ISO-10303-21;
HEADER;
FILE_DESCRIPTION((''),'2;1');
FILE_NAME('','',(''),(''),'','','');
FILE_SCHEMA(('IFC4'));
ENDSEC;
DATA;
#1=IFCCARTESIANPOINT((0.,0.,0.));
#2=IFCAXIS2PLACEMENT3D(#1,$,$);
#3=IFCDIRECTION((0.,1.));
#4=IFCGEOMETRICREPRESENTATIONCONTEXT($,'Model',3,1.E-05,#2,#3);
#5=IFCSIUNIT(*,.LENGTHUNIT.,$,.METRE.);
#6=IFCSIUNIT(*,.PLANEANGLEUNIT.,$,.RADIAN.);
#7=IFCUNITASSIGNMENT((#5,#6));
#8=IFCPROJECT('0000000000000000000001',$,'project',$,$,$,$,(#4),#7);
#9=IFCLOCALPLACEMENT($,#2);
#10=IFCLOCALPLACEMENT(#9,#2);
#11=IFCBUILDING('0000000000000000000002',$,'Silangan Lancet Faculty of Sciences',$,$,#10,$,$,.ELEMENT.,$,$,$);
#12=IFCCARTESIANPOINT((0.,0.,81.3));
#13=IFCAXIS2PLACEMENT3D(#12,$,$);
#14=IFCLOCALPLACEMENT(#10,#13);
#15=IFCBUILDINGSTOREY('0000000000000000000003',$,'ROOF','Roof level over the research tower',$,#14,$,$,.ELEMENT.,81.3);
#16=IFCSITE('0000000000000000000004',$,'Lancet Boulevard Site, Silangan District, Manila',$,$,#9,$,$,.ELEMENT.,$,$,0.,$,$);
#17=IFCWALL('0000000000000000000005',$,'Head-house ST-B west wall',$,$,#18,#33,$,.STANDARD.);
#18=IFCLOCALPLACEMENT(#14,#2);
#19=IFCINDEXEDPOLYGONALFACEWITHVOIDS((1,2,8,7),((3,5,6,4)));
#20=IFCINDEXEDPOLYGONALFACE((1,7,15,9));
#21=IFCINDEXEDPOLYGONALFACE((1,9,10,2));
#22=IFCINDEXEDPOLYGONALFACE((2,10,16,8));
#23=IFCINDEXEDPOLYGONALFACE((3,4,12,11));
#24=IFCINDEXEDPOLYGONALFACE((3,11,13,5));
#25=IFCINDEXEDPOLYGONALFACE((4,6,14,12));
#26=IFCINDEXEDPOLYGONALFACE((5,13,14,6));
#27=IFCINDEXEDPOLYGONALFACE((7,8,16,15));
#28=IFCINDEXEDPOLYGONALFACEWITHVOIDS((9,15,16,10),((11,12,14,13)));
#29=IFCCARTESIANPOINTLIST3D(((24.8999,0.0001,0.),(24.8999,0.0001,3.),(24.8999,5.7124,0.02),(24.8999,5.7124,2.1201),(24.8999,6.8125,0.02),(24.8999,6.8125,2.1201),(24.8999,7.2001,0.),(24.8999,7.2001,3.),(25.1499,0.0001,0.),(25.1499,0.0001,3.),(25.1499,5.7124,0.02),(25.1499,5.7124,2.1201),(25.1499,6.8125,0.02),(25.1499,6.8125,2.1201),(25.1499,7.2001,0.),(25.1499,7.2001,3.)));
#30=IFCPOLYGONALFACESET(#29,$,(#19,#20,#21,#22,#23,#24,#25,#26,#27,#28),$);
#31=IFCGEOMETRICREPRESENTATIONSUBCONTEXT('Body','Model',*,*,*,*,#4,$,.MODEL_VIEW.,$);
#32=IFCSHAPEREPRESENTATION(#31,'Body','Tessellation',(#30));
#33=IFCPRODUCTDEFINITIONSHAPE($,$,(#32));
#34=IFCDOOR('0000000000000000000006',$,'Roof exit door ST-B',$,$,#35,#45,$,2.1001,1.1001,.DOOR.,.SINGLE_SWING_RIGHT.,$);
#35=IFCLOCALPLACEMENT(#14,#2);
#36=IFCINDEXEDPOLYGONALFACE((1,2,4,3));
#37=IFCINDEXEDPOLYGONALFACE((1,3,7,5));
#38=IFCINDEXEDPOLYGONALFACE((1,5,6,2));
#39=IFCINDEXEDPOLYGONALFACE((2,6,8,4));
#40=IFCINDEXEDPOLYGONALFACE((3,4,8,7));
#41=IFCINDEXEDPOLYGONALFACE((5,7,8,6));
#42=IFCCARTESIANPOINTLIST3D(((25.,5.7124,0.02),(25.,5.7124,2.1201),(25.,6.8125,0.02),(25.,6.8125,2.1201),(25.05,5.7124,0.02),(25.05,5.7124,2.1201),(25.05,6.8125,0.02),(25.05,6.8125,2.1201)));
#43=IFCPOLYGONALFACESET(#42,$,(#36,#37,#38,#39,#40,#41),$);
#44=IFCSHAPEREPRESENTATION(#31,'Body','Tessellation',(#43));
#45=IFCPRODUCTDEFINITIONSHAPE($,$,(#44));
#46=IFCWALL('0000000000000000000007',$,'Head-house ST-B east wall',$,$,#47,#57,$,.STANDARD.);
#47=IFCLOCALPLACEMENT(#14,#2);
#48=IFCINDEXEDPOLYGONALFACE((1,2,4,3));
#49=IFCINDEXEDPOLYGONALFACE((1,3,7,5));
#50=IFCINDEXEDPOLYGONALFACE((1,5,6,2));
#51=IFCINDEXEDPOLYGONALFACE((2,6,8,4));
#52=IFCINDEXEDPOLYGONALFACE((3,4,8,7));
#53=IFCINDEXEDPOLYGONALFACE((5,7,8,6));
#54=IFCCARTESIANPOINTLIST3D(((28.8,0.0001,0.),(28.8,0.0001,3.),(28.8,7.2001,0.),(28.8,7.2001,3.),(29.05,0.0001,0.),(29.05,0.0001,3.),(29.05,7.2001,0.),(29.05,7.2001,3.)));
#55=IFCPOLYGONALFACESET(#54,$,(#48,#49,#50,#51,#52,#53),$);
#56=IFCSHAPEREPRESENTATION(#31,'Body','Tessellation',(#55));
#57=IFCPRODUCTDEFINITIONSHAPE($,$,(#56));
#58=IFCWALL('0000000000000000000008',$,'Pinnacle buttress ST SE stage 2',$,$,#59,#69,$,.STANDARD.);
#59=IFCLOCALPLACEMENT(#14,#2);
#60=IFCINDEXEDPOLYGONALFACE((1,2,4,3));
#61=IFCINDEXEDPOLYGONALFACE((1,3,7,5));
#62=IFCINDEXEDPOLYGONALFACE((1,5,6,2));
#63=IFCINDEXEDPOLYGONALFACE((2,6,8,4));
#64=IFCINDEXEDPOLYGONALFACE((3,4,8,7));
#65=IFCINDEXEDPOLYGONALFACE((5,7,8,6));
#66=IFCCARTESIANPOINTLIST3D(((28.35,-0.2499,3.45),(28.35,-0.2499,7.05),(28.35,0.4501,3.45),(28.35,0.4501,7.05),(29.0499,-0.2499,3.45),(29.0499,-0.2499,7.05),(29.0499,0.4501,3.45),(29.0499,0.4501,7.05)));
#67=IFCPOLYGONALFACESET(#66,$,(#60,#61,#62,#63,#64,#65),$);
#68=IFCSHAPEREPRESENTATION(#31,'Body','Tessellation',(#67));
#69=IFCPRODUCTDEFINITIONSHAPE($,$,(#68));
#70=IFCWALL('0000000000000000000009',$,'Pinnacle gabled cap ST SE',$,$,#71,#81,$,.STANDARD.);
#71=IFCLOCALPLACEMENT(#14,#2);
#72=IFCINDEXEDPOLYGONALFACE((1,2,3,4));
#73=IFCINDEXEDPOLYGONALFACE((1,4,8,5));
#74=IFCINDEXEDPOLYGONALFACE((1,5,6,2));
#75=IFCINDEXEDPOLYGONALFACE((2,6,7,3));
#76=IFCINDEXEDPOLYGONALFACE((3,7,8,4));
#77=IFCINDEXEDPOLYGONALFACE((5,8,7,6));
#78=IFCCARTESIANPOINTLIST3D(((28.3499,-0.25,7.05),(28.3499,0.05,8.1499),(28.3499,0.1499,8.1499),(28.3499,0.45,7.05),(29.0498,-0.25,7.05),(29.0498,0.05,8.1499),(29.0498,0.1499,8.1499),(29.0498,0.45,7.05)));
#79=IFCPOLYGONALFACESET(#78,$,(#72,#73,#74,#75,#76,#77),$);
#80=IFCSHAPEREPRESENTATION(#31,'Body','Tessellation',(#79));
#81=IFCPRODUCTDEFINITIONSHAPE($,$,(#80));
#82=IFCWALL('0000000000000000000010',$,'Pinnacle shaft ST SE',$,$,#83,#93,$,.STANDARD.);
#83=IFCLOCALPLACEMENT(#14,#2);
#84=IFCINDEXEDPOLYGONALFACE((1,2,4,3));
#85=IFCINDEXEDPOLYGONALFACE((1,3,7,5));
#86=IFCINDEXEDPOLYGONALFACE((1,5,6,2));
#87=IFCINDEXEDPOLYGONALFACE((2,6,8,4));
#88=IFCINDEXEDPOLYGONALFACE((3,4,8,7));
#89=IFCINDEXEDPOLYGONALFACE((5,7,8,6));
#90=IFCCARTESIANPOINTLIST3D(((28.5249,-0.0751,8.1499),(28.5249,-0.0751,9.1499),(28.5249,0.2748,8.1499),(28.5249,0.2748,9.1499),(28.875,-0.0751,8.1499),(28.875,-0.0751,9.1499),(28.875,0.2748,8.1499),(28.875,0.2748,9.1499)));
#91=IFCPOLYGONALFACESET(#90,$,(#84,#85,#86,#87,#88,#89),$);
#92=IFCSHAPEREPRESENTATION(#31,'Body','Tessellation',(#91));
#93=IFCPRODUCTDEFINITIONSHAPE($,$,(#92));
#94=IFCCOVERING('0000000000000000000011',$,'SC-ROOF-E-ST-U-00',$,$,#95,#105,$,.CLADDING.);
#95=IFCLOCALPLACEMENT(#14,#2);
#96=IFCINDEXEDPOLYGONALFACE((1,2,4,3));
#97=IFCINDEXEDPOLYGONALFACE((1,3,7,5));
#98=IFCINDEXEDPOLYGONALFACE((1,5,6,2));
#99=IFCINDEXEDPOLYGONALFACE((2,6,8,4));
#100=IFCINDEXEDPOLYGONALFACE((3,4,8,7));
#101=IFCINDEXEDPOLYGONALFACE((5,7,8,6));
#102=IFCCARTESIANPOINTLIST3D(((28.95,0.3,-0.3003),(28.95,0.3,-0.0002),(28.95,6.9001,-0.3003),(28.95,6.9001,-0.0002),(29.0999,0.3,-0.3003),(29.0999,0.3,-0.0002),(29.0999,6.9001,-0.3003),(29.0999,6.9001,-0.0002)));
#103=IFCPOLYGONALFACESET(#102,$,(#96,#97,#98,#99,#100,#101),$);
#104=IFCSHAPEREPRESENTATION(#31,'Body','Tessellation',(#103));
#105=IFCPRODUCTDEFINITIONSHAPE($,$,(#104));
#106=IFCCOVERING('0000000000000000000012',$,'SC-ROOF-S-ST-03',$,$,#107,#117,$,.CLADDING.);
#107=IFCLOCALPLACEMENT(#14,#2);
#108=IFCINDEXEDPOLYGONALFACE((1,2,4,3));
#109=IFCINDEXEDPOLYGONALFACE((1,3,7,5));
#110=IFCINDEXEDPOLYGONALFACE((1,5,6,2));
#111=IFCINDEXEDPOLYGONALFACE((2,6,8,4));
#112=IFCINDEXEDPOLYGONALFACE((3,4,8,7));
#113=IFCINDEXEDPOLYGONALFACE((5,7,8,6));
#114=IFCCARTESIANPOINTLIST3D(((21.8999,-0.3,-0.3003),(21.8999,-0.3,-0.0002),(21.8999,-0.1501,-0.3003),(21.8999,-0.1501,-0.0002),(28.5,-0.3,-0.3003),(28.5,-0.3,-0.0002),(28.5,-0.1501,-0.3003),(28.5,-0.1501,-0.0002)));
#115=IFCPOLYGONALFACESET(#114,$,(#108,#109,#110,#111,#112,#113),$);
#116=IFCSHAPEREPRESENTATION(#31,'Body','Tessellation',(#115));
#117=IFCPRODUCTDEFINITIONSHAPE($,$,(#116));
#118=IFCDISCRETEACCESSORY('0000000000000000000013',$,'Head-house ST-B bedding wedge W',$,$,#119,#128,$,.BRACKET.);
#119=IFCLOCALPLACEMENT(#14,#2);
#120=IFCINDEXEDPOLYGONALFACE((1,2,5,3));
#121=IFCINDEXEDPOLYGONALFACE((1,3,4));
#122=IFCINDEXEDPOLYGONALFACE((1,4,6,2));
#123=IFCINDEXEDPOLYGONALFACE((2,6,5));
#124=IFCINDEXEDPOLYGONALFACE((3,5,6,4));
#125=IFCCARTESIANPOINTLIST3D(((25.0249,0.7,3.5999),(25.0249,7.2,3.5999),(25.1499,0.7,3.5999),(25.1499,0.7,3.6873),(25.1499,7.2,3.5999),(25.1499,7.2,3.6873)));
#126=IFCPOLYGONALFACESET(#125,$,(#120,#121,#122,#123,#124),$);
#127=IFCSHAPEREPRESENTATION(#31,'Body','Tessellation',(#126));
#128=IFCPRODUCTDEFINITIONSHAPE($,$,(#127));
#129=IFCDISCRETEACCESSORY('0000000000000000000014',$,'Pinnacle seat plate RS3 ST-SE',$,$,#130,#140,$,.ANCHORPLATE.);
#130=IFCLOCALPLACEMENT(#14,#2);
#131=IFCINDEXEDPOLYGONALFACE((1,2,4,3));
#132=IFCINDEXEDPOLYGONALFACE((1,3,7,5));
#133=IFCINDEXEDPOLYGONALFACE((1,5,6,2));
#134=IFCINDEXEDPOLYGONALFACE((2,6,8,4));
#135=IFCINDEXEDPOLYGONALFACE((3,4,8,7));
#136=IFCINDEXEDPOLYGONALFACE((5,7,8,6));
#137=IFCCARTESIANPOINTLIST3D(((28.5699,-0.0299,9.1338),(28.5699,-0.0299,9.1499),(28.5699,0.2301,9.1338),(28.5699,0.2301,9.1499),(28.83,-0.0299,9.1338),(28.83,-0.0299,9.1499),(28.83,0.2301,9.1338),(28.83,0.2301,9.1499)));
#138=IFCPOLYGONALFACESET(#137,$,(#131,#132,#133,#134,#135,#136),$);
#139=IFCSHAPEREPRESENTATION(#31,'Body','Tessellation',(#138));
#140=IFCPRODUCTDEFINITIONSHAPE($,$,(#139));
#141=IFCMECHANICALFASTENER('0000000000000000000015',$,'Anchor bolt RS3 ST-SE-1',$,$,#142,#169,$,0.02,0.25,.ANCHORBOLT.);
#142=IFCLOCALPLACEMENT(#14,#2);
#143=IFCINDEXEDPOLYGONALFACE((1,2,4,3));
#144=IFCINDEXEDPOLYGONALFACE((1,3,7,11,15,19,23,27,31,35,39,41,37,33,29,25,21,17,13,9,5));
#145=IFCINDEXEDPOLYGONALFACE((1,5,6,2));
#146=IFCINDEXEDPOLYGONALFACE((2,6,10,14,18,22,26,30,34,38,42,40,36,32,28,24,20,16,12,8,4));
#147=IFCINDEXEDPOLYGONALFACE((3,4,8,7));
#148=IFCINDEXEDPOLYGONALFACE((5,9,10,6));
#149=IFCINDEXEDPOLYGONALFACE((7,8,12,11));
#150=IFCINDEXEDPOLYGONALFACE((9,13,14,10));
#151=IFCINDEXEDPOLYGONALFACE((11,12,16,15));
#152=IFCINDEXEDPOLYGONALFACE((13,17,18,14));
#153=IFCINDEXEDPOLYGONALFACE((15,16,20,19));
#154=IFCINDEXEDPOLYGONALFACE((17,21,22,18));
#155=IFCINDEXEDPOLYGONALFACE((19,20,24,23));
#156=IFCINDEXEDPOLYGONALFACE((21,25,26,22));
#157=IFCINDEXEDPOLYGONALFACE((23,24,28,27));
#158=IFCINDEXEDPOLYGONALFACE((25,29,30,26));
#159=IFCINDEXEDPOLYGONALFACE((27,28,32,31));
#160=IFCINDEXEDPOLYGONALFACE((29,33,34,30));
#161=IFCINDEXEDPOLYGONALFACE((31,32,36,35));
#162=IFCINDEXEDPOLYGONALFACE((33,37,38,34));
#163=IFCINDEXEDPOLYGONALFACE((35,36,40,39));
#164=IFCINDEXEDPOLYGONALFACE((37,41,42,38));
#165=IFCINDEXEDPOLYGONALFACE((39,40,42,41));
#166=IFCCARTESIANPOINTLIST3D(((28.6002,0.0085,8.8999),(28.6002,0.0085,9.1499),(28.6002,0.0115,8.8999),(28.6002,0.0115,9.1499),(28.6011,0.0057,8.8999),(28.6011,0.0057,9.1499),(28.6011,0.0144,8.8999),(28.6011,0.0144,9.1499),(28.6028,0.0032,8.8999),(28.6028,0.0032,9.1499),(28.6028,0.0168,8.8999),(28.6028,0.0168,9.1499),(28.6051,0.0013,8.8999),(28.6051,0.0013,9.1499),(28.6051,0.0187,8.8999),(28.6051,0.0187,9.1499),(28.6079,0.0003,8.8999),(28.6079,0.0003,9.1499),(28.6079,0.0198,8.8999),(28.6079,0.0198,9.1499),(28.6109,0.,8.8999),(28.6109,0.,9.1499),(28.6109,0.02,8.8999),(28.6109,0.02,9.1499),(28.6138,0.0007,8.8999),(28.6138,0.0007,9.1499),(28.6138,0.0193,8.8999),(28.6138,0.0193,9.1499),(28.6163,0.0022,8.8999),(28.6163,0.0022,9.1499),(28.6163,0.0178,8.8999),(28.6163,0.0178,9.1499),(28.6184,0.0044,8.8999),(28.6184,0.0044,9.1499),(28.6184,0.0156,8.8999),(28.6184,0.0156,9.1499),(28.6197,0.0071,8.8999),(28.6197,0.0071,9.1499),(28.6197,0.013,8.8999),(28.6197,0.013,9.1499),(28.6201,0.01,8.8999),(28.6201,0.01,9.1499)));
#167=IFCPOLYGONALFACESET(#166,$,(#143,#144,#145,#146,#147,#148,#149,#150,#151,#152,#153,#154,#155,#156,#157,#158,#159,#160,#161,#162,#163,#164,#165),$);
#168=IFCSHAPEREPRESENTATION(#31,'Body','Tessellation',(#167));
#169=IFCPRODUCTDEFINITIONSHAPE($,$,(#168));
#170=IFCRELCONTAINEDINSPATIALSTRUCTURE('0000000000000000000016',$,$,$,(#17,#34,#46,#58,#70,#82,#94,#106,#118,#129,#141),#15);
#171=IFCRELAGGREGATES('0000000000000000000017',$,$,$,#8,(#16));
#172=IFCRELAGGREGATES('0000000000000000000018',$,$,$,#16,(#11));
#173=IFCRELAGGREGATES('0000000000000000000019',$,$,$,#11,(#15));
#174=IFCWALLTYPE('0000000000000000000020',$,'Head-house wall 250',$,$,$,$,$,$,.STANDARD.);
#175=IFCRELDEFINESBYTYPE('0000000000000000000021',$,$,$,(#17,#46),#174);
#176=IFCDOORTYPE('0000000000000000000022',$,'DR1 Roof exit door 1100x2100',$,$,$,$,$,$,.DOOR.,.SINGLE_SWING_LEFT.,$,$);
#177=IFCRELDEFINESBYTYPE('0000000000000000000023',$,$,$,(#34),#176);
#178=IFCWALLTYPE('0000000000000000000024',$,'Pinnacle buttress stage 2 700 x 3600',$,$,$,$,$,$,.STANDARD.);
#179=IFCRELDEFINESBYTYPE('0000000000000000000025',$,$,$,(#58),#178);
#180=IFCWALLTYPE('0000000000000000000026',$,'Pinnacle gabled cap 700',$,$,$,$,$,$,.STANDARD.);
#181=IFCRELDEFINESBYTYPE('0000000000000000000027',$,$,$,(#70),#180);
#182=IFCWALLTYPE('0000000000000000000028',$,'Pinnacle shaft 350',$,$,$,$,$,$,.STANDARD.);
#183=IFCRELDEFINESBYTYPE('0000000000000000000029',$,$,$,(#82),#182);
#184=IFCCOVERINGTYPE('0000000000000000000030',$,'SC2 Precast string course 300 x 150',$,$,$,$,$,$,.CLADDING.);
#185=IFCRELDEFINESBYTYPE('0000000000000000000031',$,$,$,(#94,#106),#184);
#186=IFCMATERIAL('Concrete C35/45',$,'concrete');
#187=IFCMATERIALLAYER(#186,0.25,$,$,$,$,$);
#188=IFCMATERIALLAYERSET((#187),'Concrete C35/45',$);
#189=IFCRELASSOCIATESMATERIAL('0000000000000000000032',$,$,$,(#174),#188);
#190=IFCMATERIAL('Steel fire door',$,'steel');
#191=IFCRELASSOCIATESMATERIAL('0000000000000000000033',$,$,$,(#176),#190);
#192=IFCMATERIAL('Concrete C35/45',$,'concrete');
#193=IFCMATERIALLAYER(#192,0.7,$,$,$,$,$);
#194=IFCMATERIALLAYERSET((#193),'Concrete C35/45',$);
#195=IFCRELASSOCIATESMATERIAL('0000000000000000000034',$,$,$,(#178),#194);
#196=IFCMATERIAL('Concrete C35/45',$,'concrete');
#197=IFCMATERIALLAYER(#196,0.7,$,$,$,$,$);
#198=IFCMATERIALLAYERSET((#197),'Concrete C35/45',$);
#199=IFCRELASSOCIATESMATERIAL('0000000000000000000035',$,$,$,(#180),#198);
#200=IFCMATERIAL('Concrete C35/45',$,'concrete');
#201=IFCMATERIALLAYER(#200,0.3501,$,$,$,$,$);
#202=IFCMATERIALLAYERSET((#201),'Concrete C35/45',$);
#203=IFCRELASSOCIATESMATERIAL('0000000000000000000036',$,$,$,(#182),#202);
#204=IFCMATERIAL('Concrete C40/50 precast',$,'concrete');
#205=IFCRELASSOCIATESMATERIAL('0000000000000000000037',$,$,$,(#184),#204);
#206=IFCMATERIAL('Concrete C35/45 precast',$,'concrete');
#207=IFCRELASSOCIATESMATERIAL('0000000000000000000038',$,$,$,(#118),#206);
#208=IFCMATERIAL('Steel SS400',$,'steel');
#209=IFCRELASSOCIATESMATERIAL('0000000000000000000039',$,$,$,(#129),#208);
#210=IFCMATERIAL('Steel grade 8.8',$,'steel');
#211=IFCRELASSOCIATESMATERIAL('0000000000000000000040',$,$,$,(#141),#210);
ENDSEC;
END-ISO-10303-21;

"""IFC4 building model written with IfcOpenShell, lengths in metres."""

from ifc_helpers import new_model, si_unit, direction, frame, frame_2d, origin, origin_2d, place, context, subcontext, project, spatial, polyline, rectangle, circle, outline, extrude, material, layer, layer_set, type_object, element, fill, save


model = new_model("IFC4")

# Units and contexts
model_context = context("Model", 3, precision=1e-05, world=origin(), true_north=direction((0.0, 1.0)))
body_context = subcontext(model_context, "Body", "Model", "MODEL_VIEW")
ifc_project = project(units=[si_unit("LENGTHUNIT", "METRE"), si_unit("PLANEANGLEUNIT", "RADIAN")], contexts=[model_context])

# Site, building, storey
site_placement = place(None, origin())
site = spatial("IfcSite", under=ifc_project, at=site_placement, Name="Lancet Boulevard Site, Silangan District, Manila", CompositionType="ELEMENT", RefElevation=0.0)
building_placement = place(site_placement, origin())
building = spatial("IfcBuilding", under=site, at=building_placement, Name="Silangan Lancet Faculty of Sciences", CompositionType="ELEMENT")
storey_placement = place(building_placement, frame((0.0, 0.0, 81.3)))
storey = spatial("IfcBuildingStorey", under=building, at=storey_placement, Name="ROOF", Description="Roof level over the research tower", CompositionType="ELEMENT", Elevation=81.3)

# Wall, opening, door
ifc_material_1 = material(Name="Concrete C35/45", Category="concrete")
ifc_layer_1 = layer(ifc_material_1, 0.25)
ifc_layer_set_1 = layer_set([ifc_layer_1], Name="Concrete C35/45")
wall_type_1 = type_object("IfcWallType", Name="Head-house wall 250", PredefinedType="STANDARD", material=ifc_layer_set_1)
wall_1_placement = place(storey_placement, frame((25.0249, 0.0, 0.0), z_axis=(0.0, 0.0, 1.0), x_axis=(0.0, 1.0, 0.0)))
wall_1 = element("IfcWall", 1, at=wall_1_placement, inside=storey, type_object=wall_type_1, Name="Head-house ST-B west wall", PredefinedType="STANDARD", context=body_context, shape_type="SweptSolid", body=[
    extrude(rectangle(XDim=7.2, YDim=0.25, at=frame_2d((3.6001, 0.0))), origin(), (0.0, 0.0, 1.0), 3.0),
])
opening_placement = place(wall_1_placement, frame((5.7124, 0.0, 0.02)))
opening = element("IfcOpeningElement", 2, at=opening_placement, cuts=wall_1, PredefinedType="OPENING", context=body_context, shape_type="SweptSolid", body=[
    extrude(rectangle(XDim=1.1001, YDim=2.1001, at=frame_2d((0.55, 1.05))), frame((0.0, 0.135, 0.0), z_axis=(0.0, -1.0, 0.0), x_axis=(1.0, 0.0, 0.0)), (0.0, 0.0, 1.0), 0.27),
])
ifc_material_2 = material(Name="Steel fire door", Category="steel")
door_type = type_object("IfcDoorType", Name="DR1 Roof exit door 1100x2100", OperationType="SINGLE_SWING_LEFT", PredefinedType="DOOR", material=ifc_material_2)
door_placement = place(opening_placement, origin())
door = element("IfcDoor", 3, at=door_placement, inside=storey, type_object=door_type, Name="Roof exit door ST-B", OperationType="SINGLE_SWING_RIGHT", OverallHeight=2.1001, OverallWidth=1.1001, PredefinedType="DOOR", context=body_context, shape_type="SweptSolid", body=[
    extrude(rectangle(XDim=1.1001, YDim=2.1001, at=frame_2d((0.55, 1.05))), frame((0.0, 0.0249, 0.0), z_axis=(0.0, -1.0, 0.0), x_axis=(1.0, 0.0, 0.0)), (0.0, 0.0, 1.0), 0.05),
])
fill(opening, door)

# Walls
wall_2_placement = place(storey_placement, frame((28.925, 0.0, 0.0), z_axis=(0.0, 0.0, 1.0), x_axis=(0.0, 1.0, 0.0)))
element("IfcWall", 4, at=wall_2_placement, inside=storey, type_object=wall_type_1, Name="Head-house ST-B east wall", PredefinedType="STANDARD", context=body_context, shape_type="SweptSolid", body=[
    extrude(rectangle(XDim=7.2, YDim=0.25, at=frame_2d((3.6001, 0.0))), origin(), (0.0, 0.0, 1.0), 3.0),
])
ifc_material_3 = material(Name="Concrete C35/45", Category="concrete")
ifc_layer_2 = layer(ifc_material_3, 0.7)
ifc_layer_set_2 = layer_set([ifc_layer_2], Name="Concrete C35/45")
wall_type_2 = type_object("IfcWallType", Name="Pinnacle buttress stage 2 700 x 3600", PredefinedType="STANDARD", material=ifc_layer_set_2)
wall_3_placement = place(storey_placement, frame((28.7, -0.25, 3.45), z_axis=(0.0, 0.0, 1.0), x_axis=(0.0, 1.0, 0.0)))
element("IfcWall", 5, at=wall_3_placement, inside=storey, type_object=wall_type_2, Name="Pinnacle buttress ST SE stage 2", PredefinedType="STANDARD", context=body_context, shape_type="SweptSolid", body=[
    extrude(rectangle(XDim=0.7, YDim=0.7, at=frame_2d((0.3501, 0.0))), origin(), (0.0, 0.0, 1.0), 3.6001),
])
ifc_material_4 = material(Name="Concrete C35/45", Category="concrete")
ifc_layer_3 = layer(ifc_material_4, 0.7)
ifc_layer_set_3 = layer_set([ifc_layer_3], Name="Concrete C35/45")
wall_type_3 = type_object("IfcWallType", Name="Pinnacle gabled cap 700", PredefinedType="STANDARD", material=ifc_layer_set_3)
wall_4_placement = place(storey_placement, frame((28.7, -0.25, 7.05), z_axis=(0.0, 0.0, 1.0), x_axis=(0.0, 1.0, 0.0)))
element("IfcWall", 6, at=wall_4_placement, inside=storey, type_object=wall_type_3, Name="Pinnacle gabled cap ST SE", PredefinedType="STANDARD", context=body_context, shape_type="SweptSolid", body=[
    extrude(outline(polyline([(0.0, 0.0), (0.7, 0.0), (0.3999, 1.0999), (0.3, 1.0999), (0.0, 0.0)])), frame((0.0, 0.3501, 0.0), z_axis=(0.0, -1.0, 0.0), x_axis=(1.0, 0.0, 0.0)), (0.0, 0.0, 1.0), 0.7),
])
ifc_material_5 = material(Name="Concrete C35/45", Category="concrete")
ifc_layer_4 = layer(ifc_material_5, 0.3501)
ifc_layer_set_4 = layer_set([ifc_layer_4], Name="Concrete C35/45")
wall_type_4 = type_object("IfcWallType", Name="Pinnacle shaft 350", PredefinedType="STANDARD", material=ifc_layer_set_4)
wall_5_placement = place(storey_placement, frame((28.7, -0.075, 8.1499), z_axis=(0.0, 0.0, 1.0), x_axis=(0.0, 1.0, 0.0)))
element("IfcWall", 7, at=wall_5_placement, inside=storey, type_object=wall_type_4, Name="Pinnacle shaft ST SE", PredefinedType="STANDARD", context=body_context, shape_type="SweptSolid", body=[
    extrude(rectangle(XDim=0.3499, YDim=0.3501, at=frame_2d((0.1748, 0.0))), origin(), (0.0, 0.0, 1.0), 1.0),
])

# Coverings
ifc_material_6 = material(Name="Concrete C40/50 precast", Category="concrete")
covering_type = type_object("IfcCoveringType", Name="SC2 Precast string course 300 x 150", PredefinedType="CLADDING", material=ifc_material_6)
covering_1_placement = place(storey_placement, frame((29.0249, 3.6001, -0.3003), z_axis=(0.0, 0.0, 1.0), x_axis=(1.0, 0.0, 0.0)))
element("IfcCovering", 8, at=covering_1_placement, inside=storey, type_object=covering_type, Name="SC-ROOF-E-ST-U-00", PredefinedType="CLADDING", context=body_context, shape_type="SweptSolid", body=[
    extrude(rectangle(XDim=0.1499, YDim=6.6001, at=origin_2d()), origin(), (0.0, 0.0, 1.0), 0.3),
])
covering_2_placement = place(storey_placement, frame((25.2, -0.2251, -0.3003), z_axis=(0.0, 0.0, 1.0), x_axis=(1.0, 0.0, 0.0)))
element("IfcCovering", 9, at=covering_2_placement, inside=storey, type_object=covering_type, Name="SC-ROOF-S-ST-03", PredefinedType="CLADDING", context=body_context, shape_type="SweptSolid", body=[
    extrude(rectangle(XDim=6.6001, YDim=0.1499, at=origin_2d()), origin(), (0.0, 0.0, 1.0), 0.3),
])

# Discrete accessories
ifc_material_7 = material(Name="Concrete C35/45 precast", Category="concrete")
discrete_accessory_1_placement = place(storey_placement, frame((25.0249, 0.7, 3.5999), z_axis=(0.0, 1.0, 0.0), x_axis=(-1.0, 0.0, 0.0)))
element("IfcDiscreteAccessory", 10, at=discrete_accessory_1_placement, inside=storey, material=ifc_material_7, Name="Head-house ST-B bedding wedge W", PredefinedType="BRACKET", context=body_context, shape_type="SweptSolid", body=[
    extrude(outline(polyline([(0.0, 0.0), (-0.125, 0.0), (-0.125, 0.0874), (0.0, 0.0)])), origin(), (0.0, 0.0, 1.0), 6.5),
])
ifc_material_8 = material(Name="Steel SS400", Category="steel")
discrete_accessory_2_placement = place(storey_placement, frame((28.7, 0.1001, 9.1338), z_axis=(0.0, 0.0, 1.0), x_axis=(1.0, 0.0, 0.0)))
element("IfcDiscreteAccessory", 11, at=discrete_accessory_2_placement, inside=storey, material=ifc_material_8, Name="Pinnacle seat plate RS3 ST-SE", PredefinedType="ANCHORPLATE", context=body_context, shape_type="SweptSolid", body=[
    extrude(rectangle(XDim=0.26, YDim=0.26, at=origin_2d()), origin(), (0.0, 0.0, 1.0), 0.0161),
])

# Mechanical fastener
ifc_material_9 = material(Name="Steel grade 8.8", Category="steel")
for number, where, z_axis, x_axis, name in (
    (12, (28.6101, 0.01, 8.8999), (0.0, 0.0, 1.0), (1.0, 0.0, 0.0), "Anchor bolt RS3 ST-SE-1"),
):
    element("IfcMechanicalFastener", number, at=place(storey_placement, frame(where, z_axis=z_axis, x_axis=x_axis)), inside=storey, material=ifc_material_9, Name=name, NominalDiameter=0.02, NominalLength=0.25, PredefinedType="ANCHORBOLT", context=body_context, shape_type="SweptSolid", body=[
        extrude(circle(Radius=0.01, at=origin_2d()), origin(), (0.0, 0.0, 1.0), 0.25),
    ])

save(model, "model.ifc")
